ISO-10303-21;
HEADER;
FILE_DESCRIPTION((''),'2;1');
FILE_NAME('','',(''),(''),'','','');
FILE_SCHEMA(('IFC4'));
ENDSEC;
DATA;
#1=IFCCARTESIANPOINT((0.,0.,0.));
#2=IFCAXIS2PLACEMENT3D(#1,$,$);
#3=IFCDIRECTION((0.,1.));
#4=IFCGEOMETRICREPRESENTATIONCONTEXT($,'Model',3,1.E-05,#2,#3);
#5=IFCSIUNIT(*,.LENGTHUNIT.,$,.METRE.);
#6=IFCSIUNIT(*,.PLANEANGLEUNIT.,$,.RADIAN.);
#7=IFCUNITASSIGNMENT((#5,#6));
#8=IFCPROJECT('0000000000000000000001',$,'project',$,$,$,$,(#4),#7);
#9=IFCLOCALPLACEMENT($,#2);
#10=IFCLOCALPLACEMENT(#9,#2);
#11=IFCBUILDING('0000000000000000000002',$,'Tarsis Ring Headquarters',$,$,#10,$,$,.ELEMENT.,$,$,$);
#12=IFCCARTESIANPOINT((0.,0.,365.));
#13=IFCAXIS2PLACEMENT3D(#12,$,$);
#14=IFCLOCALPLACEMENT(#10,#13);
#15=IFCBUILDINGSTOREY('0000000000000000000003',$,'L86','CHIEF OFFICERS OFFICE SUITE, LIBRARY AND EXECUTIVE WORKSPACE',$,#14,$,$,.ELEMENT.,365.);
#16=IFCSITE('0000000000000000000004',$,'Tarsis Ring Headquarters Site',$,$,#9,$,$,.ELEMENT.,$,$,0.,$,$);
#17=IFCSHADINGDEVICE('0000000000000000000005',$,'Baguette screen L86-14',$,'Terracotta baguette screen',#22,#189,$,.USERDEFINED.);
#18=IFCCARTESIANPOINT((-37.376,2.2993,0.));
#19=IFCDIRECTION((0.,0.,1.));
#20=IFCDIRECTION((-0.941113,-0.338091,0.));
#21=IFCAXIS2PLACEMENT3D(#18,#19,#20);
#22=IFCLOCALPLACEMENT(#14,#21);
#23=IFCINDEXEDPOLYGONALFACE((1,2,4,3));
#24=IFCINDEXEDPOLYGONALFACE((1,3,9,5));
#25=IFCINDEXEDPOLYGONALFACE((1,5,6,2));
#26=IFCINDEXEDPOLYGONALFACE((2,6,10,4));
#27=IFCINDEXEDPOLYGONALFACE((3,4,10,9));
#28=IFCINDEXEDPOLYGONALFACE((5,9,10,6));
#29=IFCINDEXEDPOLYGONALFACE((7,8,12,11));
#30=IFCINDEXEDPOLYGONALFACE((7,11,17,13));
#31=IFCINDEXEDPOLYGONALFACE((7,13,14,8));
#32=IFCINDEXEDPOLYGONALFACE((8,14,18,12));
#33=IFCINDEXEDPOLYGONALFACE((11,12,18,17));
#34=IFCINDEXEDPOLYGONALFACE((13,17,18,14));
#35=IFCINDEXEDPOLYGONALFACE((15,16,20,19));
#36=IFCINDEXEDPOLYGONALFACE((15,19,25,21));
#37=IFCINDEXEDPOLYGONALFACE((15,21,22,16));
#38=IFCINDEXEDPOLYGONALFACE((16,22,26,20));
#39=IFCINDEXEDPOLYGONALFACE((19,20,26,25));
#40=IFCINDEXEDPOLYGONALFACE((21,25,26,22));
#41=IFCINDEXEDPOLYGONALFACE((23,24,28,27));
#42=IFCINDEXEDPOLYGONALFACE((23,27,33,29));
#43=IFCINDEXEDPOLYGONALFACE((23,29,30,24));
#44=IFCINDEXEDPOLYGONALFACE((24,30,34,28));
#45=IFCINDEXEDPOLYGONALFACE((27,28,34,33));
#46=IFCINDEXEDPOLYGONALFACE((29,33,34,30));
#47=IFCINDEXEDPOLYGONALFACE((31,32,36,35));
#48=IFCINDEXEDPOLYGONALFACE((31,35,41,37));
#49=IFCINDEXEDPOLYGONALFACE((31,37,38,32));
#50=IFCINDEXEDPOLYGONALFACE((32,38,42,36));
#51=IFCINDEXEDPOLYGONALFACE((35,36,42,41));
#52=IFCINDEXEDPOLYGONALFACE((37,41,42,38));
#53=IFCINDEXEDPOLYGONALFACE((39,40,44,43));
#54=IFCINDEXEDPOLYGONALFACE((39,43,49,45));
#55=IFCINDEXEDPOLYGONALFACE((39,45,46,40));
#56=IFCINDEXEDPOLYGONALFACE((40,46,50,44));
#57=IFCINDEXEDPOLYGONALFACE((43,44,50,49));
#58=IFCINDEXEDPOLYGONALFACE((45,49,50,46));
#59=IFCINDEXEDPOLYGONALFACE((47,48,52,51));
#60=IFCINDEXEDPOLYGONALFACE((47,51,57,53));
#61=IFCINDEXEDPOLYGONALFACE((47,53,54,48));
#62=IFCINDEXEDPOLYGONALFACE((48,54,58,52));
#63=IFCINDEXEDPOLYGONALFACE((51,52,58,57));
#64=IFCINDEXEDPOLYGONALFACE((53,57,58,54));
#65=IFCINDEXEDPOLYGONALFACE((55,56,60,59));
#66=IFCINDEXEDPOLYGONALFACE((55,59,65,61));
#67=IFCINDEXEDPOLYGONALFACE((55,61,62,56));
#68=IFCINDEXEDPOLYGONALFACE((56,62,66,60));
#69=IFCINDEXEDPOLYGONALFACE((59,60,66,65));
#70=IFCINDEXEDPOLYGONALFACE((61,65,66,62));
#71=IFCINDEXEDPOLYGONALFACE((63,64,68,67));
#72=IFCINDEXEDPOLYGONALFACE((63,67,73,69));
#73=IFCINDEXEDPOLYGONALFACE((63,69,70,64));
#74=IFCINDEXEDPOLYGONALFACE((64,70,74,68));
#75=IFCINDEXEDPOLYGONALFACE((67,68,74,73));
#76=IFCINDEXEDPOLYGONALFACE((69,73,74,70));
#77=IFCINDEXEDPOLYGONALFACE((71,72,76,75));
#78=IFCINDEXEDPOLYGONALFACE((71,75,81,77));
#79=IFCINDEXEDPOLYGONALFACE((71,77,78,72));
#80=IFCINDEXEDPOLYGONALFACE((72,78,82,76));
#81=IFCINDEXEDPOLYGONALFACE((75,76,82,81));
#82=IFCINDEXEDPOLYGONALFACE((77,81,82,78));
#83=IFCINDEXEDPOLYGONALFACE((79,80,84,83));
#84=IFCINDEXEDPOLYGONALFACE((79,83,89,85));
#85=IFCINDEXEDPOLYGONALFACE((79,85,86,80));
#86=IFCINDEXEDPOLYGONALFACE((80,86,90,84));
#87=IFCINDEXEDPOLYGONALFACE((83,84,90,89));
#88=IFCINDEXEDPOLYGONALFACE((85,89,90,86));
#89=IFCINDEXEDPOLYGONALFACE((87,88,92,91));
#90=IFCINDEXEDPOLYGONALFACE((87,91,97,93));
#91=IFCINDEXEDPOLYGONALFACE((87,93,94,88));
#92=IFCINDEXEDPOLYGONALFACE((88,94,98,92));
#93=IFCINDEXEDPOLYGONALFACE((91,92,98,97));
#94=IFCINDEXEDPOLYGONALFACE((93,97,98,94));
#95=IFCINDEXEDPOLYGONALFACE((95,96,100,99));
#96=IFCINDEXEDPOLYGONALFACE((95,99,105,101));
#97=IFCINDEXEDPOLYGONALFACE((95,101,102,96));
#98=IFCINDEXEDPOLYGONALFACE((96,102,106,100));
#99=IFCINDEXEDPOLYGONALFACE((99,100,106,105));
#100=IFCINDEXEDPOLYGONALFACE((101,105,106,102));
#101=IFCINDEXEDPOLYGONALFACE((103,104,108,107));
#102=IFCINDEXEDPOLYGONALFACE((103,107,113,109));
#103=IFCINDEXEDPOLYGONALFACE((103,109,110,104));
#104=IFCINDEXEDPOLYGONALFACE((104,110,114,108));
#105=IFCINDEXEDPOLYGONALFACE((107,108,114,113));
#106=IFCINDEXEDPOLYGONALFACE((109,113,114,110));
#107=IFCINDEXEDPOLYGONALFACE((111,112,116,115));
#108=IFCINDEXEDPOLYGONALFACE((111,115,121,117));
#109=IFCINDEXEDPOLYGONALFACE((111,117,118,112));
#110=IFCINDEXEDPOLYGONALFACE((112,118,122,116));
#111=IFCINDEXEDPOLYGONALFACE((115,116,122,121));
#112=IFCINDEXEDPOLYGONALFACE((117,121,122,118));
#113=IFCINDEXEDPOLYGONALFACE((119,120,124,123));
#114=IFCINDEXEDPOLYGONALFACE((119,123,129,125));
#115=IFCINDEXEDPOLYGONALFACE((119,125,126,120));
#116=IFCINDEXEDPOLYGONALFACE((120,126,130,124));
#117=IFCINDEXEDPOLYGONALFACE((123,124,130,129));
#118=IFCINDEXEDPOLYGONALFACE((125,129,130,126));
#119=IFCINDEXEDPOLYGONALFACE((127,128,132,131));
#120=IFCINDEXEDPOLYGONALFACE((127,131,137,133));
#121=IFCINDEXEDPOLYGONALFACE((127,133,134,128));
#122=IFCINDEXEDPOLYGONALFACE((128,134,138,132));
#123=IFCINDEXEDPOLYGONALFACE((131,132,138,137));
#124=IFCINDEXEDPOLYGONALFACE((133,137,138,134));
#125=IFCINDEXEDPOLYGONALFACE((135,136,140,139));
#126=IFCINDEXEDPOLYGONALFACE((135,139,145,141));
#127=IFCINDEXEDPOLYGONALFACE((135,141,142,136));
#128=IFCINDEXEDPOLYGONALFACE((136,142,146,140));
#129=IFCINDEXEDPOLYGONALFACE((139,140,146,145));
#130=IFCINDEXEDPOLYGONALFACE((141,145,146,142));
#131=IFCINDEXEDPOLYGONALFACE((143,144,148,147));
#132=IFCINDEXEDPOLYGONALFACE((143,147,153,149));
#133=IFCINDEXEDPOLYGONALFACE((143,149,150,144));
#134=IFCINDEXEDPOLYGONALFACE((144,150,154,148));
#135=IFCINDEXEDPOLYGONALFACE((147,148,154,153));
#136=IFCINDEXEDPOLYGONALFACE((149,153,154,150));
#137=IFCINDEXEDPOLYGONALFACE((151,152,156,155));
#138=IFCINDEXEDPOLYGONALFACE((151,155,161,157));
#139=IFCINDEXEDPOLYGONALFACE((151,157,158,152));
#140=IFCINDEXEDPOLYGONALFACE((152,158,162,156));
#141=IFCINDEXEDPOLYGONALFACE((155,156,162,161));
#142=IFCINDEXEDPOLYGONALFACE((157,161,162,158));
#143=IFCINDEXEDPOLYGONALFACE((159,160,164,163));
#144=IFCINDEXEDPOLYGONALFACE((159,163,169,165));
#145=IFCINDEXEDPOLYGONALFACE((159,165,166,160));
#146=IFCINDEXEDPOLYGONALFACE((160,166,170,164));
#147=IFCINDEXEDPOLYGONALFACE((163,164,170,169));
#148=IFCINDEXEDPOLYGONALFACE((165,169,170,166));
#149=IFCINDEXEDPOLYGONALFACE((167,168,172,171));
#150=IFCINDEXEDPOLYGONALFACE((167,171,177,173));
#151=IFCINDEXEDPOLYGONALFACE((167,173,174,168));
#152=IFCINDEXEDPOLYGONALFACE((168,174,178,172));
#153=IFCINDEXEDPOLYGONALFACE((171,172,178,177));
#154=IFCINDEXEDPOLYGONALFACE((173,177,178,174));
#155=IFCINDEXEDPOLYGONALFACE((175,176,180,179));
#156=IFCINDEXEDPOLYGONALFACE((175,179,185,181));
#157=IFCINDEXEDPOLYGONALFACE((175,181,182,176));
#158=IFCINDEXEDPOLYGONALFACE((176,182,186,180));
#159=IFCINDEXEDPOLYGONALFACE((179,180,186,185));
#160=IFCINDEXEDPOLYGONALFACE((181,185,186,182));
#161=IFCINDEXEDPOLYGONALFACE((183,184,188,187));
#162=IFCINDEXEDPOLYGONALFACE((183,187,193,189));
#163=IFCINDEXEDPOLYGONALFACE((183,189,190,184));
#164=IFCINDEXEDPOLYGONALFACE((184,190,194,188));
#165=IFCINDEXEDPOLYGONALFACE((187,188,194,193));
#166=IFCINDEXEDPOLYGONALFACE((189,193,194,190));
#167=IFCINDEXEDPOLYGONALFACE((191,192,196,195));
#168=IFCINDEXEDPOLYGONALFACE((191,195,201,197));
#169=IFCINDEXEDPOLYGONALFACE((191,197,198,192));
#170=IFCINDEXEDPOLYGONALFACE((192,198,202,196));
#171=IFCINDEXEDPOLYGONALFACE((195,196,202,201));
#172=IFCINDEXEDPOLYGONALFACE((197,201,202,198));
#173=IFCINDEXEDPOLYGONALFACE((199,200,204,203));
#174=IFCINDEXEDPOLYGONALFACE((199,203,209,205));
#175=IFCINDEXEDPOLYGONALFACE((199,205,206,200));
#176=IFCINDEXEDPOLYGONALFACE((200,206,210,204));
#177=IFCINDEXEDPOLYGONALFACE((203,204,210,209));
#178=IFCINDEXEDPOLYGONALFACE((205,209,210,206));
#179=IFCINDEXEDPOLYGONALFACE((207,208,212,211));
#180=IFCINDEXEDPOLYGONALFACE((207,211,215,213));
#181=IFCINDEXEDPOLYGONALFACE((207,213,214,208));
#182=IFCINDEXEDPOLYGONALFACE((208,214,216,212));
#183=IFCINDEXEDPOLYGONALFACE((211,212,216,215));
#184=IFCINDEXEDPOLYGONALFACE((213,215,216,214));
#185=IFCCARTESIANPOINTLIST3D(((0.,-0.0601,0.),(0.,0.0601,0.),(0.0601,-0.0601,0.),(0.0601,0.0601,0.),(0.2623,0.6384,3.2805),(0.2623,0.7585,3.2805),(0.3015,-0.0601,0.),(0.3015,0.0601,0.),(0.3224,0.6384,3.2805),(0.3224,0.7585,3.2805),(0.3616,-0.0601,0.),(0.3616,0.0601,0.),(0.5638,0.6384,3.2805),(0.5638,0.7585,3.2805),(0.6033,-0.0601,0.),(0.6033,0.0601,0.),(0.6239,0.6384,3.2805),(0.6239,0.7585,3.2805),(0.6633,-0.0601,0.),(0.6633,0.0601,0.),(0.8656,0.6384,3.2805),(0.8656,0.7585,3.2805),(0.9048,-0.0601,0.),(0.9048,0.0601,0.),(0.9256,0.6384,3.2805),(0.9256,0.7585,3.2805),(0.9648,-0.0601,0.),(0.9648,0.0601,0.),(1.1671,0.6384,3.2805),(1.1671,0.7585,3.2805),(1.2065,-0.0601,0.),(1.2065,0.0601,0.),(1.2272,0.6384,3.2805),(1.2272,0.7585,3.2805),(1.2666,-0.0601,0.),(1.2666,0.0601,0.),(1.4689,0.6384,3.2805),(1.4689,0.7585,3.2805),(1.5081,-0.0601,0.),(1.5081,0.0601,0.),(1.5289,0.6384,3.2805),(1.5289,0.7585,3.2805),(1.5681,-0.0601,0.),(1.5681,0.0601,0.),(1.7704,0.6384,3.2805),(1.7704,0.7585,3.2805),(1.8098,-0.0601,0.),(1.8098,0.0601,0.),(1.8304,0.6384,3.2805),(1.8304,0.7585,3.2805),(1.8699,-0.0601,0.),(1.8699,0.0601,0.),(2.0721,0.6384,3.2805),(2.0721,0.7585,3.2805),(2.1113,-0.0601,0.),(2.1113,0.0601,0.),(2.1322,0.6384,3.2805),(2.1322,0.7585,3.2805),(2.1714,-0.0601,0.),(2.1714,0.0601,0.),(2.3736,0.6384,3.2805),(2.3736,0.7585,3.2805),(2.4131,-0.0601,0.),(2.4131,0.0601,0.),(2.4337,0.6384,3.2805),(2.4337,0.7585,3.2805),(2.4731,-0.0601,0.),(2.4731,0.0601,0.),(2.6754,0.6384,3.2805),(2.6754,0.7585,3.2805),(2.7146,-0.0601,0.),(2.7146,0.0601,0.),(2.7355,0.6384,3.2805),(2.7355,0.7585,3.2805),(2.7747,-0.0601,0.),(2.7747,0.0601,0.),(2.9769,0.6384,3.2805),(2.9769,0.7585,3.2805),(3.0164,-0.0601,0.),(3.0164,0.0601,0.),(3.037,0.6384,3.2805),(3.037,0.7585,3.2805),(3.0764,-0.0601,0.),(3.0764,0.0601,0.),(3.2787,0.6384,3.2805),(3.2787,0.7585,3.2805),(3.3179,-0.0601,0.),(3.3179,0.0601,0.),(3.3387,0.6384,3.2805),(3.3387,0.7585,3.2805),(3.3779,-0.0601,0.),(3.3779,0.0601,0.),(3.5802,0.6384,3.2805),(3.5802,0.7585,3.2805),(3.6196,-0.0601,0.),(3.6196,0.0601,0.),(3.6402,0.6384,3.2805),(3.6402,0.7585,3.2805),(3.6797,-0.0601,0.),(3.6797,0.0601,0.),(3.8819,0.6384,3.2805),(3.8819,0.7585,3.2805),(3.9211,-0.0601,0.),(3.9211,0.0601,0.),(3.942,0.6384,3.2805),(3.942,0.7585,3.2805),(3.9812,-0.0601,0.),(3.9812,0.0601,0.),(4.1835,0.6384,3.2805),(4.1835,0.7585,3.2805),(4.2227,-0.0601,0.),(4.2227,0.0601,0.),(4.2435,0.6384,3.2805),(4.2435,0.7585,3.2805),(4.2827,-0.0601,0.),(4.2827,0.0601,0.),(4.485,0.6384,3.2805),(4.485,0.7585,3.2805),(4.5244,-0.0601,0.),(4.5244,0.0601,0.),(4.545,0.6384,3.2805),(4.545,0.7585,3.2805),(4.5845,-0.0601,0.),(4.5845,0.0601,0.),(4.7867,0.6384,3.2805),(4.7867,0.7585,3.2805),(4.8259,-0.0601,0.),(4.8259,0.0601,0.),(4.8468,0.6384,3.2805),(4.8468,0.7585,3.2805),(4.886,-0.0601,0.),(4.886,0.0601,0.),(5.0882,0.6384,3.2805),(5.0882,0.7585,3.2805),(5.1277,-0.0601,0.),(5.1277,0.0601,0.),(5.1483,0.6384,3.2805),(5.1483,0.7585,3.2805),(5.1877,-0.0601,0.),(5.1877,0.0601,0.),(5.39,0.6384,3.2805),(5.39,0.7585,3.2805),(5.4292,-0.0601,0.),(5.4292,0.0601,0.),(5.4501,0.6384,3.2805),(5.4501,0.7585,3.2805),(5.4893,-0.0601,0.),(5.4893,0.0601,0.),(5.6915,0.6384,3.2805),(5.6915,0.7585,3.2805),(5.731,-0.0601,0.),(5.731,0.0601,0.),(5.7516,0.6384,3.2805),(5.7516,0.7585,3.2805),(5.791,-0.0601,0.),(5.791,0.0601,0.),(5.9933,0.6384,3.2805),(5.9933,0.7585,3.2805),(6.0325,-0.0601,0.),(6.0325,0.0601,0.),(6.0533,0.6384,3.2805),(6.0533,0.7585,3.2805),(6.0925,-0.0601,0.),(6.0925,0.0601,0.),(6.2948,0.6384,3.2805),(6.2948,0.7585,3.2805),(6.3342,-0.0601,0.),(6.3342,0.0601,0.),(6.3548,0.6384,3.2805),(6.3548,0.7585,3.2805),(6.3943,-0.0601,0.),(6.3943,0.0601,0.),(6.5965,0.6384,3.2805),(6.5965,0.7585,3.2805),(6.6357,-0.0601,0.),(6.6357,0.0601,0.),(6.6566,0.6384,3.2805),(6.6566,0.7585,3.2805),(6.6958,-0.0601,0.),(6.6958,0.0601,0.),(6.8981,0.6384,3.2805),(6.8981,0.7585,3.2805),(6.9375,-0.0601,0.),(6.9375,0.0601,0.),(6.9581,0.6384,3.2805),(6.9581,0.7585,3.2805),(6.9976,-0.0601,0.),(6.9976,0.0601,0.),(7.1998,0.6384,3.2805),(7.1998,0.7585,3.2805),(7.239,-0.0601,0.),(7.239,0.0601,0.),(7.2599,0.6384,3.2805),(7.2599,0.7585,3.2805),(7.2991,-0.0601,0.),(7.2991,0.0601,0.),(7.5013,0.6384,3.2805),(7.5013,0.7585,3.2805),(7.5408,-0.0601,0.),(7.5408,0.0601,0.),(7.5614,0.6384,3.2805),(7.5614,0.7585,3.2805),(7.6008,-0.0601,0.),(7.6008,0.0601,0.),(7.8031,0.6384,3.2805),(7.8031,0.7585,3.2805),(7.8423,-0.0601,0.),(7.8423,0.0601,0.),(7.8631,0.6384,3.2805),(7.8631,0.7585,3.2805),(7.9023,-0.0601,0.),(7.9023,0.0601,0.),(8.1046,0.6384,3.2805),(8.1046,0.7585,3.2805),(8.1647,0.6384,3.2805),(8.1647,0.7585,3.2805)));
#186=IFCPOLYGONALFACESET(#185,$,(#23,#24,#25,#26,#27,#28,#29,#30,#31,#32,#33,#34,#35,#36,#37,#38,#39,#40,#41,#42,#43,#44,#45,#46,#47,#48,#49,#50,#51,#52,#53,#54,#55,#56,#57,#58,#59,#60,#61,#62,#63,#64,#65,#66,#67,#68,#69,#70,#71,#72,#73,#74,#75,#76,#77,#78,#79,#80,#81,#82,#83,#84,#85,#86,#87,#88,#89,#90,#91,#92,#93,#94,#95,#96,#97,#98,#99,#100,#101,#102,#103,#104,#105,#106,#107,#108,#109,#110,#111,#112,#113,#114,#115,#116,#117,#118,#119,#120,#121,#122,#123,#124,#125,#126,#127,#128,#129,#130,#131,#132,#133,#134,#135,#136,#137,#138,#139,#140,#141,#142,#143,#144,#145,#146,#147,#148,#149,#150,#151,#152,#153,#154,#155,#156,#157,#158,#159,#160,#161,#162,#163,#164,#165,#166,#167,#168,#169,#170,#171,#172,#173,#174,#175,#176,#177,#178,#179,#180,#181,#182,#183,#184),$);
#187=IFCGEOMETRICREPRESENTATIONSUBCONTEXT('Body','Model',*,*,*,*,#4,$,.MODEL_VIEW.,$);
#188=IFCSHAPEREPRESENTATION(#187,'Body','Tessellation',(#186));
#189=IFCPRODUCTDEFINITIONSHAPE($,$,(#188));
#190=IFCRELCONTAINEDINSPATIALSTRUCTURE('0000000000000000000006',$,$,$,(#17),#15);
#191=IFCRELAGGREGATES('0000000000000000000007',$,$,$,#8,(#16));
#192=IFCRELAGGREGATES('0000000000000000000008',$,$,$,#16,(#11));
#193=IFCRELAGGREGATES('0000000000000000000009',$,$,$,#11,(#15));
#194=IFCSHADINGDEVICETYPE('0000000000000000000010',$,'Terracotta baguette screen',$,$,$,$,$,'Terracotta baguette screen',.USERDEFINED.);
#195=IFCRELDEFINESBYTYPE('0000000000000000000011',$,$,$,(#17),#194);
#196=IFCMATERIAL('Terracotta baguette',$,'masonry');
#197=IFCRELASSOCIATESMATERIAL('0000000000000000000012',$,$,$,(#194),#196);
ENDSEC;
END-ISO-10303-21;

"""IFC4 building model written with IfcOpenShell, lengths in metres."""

from ifc_helpers import new_model, si_unit, direction, frame, frame_2d, origin, place, context, subcontext, project, spatial, rectangle, composite_profile, extrude, material, type_object, element, save


model = new_model("IFC4")

# Units and contexts
model_context = context("Model", 3, precision=1e-05, world=origin(), true_north=direction((0.0, 1.0)))
body_context = subcontext(model_context, "Body", "Model", "MODEL_VIEW")
ifc_project = project(units=[si_unit("LENGTHUNIT", "METRE"), si_unit("PLANEANGLEUNIT", "RADIAN")], contexts=[model_context])

# Site, building, storey
site_placement = place(None, origin())
site = spatial("IfcSite", under=ifc_project, at=site_placement, Name="Tarsis Ring Headquarters Site", CompositionType="ELEMENT", RefElevation=0.0)
building_placement = place(site_placement, origin())
building = spatial("IfcBuilding", under=site, at=building_placement, Name="Tarsis Ring Headquarters", CompositionType="ELEMENT")
storey_placement = place(building_placement, frame((0.0, 0.0, 365.0)))
storey = spatial("IfcBuildingStorey", under=building, at=storey_placement, Name="L86", Description="CHIEF OFFICERS OFFICE SUITE, LIBRARY AND EXECUTIVE WORKSPACE", CompositionType="ELEMENT", Elevation=365.0)

# Shading device
ifc_material_1 = material(Name="Terracotta baguette", Category="masonry")
shading_device_type_1 = type_object("IfcShadingDeviceType", Name="Terracotta baguette screen", ElementType="Terracotta baguette screen", PredefinedType="USERDEFINED", material=ifc_material_1)
shading_device_1_placement = place(storey_placement, frame((-37.376, 2.2993, 0.0), z_axis=(0.0, 0.0, 1.0), x_axis=(-0.941113, -0.338091, 0.0)))
element("IfcShadingDevice", 1, at=shading_device_1_placement, inside=storey, type_object=shading_device_type_1, Name="Baguette screen L86-14", ObjectType="Terracotta baguette screen", PredefinedType="USERDEFINED", context=body_context, shape_type="SweptSolid", body=[
    extrude(composite_profile([rectangle(XDim=0.0601, YDim=0.1201, at=frame_2d((0.03, 0.0))), rectangle(XDim=0.0601, YDim=0.1201, at=frame_2d((0.3315, 0.0))), rectangle(XDim=0.0601, YDim=0.1201, at=frame_2d((0.6333, 0.0))), rectangle(XDim=0.0601, YDim=0.1201, at=frame_2d((0.9348, 0.0))), rectangle(XDim=0.0601, YDim=0.1201, at=frame_2d((1.2366, 0.0))), rectangle(XDim=0.0601, YDim=0.1201, at=frame_2d((1.5381, 0.0))), rectangle(XDim=0.0601, YDim=0.1201, at=frame_2d((1.8398, 0.0))), rectangle(XDim=0.0601, YDim=0.1201, at=frame_2d((2.1414, 0.0))), rectangle(XDim=0.0601, YDim=0.1201, at=frame_2d((2.4431, 0.0))), rectangle(XDim=0.0601, YDim=0.1201, at=frame_2d((2.7446, 0.0))), rectangle(XDim=0.0601, YDim=0.1201, at=frame_2d((3.0464, 0.0))), rectangle(XDim=0.0601, YDim=0.1201, at=frame_2d((3.3479, 0.0))), rectangle(XDim=0.0601, YDim=0.1201, at=frame_2d((3.6497, 0.0))), rectangle(XDim=0.0601, YDim=0.1201, at=frame_2d((3.9512, 0.0))), rectangle(XDim=0.0601, YDim=0.1201, at=frame_2d((4.2527, 0.0))), rectangle(XDim=0.0601, YDim=0.1201, at=frame_2d((4.5544, 0.0))), rectangle(XDim=0.0601, YDim=0.1201, at=frame_2d((4.856, 0.0))), rectangle(XDim=0.0601, YDim=0.1201, at=frame_2d((5.1577, 0.0))), rectangle(XDim=0.0601, YDim=0.1201, at=frame_2d((5.4592, 0.0))), rectangle(XDim=0.0601, YDim=0.1201, at=frame_2d((5.761, 0.0))), rectangle(XDim=0.0601, YDim=0.1201, at=frame_2d((6.0625, 0.0))), rectangle(XDim=0.0601, YDim=0.1201, at=frame_2d((6.3643, 0.0))), rectangle(XDim=0.0601, YDim=0.1201, at=frame_2d((6.6658, 0.0))), rectangle(XDim=0.0601, YDim=0.1201, at=frame_2d((6.9675, 0.0))), rectangle(XDim=0.0601, YDim=0.1201, at=frame_2d((7.269, 0.0))), rectangle(XDim=0.0601, YDim=0.1201, at=frame_2d((7.5708, 0.0))), rectangle(XDim=0.0601, YDim=0.1201, at=frame_2d((7.8723, 0.0)))]), origin(), (0.077971, 0.207616, 0.975098), 3.3643),
])

save(model, "model.ifc")
